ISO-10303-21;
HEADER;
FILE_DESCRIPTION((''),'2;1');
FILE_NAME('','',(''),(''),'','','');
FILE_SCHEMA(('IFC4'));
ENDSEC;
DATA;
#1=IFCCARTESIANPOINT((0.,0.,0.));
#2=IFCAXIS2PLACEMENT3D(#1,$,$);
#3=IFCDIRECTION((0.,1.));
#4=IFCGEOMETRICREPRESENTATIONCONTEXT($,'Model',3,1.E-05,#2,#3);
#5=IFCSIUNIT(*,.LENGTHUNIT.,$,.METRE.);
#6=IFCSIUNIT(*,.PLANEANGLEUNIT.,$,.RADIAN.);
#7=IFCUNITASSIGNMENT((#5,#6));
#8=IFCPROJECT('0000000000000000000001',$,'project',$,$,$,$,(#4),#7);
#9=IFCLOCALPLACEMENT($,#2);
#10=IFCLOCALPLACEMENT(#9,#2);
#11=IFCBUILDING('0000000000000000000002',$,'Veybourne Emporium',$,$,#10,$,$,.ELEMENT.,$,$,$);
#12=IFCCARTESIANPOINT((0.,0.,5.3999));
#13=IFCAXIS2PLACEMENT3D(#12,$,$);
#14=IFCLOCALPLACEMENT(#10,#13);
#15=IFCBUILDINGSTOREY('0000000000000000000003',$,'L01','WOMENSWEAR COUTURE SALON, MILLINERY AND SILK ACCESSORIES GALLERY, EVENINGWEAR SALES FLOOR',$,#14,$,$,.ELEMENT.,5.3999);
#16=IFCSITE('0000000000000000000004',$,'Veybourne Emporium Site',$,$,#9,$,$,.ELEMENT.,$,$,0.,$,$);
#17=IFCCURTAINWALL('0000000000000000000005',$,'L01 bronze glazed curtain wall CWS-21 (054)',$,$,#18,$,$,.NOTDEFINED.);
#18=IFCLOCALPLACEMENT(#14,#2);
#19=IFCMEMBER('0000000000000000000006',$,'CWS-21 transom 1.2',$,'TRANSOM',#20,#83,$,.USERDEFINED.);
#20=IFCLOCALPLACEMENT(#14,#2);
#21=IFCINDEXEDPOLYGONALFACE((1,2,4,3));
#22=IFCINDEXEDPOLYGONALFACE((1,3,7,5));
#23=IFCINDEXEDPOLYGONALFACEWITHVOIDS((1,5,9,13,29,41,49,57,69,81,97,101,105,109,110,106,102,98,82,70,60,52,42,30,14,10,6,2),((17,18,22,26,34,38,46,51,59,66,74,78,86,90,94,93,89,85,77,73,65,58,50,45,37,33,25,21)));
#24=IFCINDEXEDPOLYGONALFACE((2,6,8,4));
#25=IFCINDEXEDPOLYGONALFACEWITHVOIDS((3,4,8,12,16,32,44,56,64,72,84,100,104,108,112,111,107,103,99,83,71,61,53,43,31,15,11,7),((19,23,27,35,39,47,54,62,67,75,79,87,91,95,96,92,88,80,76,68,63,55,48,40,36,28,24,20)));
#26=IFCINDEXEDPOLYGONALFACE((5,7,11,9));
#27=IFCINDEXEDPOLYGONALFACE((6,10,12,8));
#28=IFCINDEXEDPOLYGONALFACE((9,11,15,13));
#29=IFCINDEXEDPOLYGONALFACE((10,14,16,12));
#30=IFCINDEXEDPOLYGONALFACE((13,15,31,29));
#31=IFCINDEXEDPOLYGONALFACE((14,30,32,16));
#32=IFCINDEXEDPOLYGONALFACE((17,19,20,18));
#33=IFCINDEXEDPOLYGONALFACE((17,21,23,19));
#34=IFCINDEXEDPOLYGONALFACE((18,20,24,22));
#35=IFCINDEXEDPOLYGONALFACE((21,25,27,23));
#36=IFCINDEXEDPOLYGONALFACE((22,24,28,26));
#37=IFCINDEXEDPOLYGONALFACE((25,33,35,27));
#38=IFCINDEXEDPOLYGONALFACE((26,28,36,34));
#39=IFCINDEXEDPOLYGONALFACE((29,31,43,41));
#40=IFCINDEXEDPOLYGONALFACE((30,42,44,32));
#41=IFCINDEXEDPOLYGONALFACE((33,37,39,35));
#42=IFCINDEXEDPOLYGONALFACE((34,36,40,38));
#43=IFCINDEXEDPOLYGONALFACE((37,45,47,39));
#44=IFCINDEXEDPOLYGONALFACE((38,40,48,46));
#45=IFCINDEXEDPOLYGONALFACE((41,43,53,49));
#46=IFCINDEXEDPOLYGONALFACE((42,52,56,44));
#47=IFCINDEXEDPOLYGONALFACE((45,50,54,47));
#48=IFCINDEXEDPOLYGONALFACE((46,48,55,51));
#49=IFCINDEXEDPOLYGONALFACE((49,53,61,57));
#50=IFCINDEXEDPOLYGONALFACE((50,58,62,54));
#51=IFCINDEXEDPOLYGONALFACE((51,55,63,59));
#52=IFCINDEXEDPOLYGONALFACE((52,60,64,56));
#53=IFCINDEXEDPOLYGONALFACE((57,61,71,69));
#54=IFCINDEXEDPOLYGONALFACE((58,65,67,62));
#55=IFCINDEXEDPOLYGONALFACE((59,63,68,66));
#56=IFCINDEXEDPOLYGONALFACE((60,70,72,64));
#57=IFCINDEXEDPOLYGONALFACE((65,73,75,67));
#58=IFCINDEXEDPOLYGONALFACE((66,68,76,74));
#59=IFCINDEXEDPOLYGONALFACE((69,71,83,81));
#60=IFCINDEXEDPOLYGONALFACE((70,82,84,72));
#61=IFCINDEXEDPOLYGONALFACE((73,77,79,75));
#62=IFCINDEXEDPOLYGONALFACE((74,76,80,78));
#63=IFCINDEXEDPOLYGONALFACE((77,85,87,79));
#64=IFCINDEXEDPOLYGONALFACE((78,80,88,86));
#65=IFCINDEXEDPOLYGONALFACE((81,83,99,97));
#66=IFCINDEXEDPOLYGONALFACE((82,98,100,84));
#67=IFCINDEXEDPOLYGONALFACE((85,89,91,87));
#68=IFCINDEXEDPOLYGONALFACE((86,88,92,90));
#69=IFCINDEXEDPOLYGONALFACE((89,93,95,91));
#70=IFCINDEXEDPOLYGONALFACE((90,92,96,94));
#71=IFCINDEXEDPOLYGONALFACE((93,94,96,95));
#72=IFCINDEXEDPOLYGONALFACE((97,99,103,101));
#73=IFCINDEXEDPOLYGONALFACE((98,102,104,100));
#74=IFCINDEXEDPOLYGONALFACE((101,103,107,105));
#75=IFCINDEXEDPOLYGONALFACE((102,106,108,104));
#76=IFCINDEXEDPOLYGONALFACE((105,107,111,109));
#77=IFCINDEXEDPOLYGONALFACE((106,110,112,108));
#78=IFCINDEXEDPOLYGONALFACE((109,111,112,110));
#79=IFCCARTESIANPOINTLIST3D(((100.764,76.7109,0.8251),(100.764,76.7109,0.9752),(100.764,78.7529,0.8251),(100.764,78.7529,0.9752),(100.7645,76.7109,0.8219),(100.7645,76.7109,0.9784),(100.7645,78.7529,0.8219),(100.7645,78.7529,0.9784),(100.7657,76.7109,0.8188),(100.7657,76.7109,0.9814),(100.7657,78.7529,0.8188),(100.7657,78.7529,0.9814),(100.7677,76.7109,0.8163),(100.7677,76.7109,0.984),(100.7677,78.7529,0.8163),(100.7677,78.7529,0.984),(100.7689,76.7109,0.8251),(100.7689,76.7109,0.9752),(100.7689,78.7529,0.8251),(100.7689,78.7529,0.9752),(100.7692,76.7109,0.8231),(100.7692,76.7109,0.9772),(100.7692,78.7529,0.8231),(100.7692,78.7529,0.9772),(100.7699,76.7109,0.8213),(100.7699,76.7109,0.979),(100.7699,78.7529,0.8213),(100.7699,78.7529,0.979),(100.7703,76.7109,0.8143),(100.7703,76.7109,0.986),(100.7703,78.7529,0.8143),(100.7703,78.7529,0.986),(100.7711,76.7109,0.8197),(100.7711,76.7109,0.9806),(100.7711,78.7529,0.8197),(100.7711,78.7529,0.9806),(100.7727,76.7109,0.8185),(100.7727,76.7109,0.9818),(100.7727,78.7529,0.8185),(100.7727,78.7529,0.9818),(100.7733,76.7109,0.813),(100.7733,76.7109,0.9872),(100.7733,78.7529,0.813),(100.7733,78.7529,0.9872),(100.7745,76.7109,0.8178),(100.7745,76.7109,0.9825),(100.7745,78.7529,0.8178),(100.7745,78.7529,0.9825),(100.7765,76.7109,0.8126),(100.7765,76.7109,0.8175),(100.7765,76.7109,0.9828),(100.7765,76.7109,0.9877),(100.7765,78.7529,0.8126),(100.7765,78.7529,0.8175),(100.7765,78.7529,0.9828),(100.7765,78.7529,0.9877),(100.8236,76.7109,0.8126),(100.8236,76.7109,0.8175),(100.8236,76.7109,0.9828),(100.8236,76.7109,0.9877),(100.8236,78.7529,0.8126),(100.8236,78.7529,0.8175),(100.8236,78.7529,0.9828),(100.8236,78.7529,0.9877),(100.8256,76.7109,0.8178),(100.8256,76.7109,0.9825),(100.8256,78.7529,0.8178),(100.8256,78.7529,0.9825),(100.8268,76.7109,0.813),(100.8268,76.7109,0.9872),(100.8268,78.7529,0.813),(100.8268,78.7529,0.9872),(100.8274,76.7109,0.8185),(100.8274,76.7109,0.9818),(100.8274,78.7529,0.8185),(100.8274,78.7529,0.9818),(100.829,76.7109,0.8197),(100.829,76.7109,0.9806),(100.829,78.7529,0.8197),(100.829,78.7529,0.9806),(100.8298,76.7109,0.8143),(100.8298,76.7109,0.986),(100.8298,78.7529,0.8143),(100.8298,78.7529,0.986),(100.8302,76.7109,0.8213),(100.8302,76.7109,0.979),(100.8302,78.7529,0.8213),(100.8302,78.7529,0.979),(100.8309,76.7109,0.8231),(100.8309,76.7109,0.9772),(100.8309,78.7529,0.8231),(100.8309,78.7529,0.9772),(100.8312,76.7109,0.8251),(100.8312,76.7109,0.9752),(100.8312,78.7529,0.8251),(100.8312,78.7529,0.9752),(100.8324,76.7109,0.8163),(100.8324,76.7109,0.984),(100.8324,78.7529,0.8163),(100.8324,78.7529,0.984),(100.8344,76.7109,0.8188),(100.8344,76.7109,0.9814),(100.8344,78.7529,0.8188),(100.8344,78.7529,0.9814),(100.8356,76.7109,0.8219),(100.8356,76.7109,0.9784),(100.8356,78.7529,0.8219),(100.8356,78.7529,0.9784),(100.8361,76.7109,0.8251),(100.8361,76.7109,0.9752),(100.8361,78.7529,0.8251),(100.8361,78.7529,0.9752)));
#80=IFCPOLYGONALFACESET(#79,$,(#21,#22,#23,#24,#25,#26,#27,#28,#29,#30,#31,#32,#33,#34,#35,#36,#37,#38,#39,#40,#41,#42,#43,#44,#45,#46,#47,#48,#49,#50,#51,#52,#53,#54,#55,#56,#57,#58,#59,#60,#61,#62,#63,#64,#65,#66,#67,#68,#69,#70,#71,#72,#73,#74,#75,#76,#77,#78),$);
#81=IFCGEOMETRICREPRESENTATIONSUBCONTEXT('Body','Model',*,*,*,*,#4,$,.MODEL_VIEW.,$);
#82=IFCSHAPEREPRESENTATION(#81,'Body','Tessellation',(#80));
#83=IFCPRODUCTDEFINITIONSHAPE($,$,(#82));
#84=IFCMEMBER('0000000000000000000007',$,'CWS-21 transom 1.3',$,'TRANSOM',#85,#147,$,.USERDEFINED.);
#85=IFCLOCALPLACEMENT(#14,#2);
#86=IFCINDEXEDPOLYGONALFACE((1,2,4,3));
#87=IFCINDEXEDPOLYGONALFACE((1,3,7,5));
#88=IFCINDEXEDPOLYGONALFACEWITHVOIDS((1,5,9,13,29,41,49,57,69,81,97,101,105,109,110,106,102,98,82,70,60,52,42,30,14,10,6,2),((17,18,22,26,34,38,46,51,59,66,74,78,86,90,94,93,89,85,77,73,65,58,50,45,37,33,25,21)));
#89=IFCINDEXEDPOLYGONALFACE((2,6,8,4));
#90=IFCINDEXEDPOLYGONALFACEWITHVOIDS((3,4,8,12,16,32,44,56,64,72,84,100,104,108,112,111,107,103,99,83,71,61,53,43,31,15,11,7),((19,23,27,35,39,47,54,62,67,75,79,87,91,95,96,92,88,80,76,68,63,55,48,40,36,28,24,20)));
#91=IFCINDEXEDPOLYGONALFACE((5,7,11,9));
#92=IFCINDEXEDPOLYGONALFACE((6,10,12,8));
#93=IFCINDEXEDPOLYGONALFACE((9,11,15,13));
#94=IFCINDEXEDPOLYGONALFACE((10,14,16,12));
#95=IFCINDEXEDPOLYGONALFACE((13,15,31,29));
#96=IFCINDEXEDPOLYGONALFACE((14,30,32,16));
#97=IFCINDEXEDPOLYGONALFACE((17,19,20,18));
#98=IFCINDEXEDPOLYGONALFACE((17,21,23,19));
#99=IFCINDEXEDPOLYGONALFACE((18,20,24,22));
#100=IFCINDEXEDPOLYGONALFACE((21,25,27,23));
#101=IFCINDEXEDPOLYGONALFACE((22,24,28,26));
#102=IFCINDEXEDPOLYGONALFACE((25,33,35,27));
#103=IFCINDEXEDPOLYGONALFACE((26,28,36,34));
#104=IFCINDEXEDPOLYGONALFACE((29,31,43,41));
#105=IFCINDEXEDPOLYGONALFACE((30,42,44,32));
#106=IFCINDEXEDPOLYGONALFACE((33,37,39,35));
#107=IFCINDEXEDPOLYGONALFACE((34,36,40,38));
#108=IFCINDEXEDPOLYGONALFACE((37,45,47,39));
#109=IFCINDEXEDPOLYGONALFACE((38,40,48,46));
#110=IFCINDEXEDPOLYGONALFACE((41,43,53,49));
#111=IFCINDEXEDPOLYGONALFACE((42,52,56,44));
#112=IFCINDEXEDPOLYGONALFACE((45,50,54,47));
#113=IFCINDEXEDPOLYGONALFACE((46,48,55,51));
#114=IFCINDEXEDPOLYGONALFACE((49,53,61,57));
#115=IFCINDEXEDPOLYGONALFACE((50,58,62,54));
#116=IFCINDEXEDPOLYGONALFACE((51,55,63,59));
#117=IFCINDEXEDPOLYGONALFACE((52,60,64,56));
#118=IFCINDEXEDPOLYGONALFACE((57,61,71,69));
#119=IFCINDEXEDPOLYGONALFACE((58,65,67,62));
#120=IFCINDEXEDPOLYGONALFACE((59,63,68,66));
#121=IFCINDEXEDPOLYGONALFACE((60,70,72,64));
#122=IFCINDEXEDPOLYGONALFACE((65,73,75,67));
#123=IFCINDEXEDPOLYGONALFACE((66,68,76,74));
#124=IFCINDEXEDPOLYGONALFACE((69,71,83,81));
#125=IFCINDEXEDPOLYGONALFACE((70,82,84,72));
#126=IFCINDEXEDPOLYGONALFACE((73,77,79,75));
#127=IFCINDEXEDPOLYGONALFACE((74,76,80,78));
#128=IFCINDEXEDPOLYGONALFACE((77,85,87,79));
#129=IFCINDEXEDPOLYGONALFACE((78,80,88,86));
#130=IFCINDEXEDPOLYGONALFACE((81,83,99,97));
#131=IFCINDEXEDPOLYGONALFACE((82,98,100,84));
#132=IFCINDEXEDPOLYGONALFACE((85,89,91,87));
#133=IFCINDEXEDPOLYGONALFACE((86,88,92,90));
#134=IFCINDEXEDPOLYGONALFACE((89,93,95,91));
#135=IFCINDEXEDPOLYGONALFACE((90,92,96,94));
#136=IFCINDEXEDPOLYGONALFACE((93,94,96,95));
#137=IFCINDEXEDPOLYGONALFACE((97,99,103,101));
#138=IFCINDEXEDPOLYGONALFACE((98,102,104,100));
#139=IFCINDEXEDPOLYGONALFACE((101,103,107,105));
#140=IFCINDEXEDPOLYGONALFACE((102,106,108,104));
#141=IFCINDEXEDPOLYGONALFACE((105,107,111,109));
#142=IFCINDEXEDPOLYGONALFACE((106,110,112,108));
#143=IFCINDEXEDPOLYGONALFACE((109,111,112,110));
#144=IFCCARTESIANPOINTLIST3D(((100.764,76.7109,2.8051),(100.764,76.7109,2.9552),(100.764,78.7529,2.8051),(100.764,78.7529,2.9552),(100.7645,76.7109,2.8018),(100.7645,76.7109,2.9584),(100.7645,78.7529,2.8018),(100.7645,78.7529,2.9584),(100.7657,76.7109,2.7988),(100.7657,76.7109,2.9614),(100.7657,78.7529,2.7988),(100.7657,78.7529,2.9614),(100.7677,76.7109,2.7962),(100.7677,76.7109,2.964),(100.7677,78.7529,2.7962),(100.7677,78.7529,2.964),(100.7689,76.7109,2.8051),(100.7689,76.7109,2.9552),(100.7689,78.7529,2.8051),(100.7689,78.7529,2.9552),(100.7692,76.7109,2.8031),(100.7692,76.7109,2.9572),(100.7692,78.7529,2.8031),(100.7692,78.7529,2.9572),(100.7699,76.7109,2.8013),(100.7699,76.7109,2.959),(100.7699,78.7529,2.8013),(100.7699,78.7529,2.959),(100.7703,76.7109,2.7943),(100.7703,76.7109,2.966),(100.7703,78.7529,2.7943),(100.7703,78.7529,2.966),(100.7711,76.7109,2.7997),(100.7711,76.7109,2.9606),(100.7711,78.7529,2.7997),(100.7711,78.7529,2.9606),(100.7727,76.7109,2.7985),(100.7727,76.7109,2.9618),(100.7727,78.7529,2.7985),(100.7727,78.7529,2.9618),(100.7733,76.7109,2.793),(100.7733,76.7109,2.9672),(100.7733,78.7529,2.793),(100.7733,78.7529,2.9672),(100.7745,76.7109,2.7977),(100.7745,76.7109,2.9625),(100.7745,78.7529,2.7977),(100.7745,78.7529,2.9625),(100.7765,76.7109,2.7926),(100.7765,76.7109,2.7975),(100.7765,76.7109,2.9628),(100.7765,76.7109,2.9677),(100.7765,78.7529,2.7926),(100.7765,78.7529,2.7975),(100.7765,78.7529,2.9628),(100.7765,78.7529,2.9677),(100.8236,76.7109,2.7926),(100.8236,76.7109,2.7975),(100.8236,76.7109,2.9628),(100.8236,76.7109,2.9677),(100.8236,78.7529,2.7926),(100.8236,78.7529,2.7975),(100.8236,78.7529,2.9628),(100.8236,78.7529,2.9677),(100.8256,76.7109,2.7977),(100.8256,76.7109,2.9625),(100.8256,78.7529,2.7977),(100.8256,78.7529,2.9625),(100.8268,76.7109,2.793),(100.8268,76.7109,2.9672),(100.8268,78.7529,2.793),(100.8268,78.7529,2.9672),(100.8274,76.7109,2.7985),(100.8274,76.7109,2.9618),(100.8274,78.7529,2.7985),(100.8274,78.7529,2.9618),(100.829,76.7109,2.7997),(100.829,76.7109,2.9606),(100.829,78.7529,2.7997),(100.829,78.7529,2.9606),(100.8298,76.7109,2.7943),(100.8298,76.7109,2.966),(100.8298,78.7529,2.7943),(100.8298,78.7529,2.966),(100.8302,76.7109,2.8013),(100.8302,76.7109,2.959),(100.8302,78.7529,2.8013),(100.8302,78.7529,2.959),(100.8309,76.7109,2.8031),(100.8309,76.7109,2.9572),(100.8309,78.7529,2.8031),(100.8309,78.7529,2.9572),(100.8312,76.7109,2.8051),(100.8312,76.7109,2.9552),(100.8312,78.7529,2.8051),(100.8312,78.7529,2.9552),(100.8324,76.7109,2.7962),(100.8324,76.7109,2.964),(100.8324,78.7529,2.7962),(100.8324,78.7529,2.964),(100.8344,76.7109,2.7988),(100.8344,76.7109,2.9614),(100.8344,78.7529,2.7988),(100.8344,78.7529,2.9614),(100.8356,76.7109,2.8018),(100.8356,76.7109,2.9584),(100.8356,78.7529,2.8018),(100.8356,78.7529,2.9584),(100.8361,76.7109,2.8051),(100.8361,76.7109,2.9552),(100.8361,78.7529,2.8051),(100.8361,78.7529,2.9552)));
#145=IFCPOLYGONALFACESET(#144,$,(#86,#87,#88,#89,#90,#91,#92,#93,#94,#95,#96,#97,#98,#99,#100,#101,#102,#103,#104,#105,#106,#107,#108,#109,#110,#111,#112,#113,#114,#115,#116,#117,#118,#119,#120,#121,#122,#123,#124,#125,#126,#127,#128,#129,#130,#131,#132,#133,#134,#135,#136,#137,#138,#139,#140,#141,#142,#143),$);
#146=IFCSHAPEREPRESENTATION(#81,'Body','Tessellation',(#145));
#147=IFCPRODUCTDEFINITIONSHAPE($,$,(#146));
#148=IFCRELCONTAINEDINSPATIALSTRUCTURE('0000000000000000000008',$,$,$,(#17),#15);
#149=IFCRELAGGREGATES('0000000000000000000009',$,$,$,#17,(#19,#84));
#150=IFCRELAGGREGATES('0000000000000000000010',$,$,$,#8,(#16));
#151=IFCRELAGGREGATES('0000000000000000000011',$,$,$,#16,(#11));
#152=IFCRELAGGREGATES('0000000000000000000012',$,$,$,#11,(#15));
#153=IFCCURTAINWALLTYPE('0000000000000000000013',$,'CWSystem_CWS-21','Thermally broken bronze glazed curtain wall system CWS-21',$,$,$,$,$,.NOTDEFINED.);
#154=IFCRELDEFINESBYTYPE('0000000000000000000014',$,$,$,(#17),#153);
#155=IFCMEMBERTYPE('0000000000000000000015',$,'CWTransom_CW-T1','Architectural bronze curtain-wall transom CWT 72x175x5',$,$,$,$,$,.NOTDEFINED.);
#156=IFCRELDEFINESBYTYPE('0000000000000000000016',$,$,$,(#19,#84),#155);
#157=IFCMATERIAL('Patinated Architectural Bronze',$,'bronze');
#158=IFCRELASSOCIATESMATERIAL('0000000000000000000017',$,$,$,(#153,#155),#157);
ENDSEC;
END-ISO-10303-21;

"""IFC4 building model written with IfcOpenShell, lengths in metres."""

from ifc_helpers import new_model, si_unit, direction, frame, origin, origin_2d, place, context, subcontext, project, spatial, hollow_rectangle, extrude, material, material_profile, profile_set, type_object, element, aggregate, save


model = new_model("IFC4")

# Units and contexts
model_context = context("Model", 3, precision=1e-05, world=origin(), true_north=direction((0.0, 1.0)))
body_context = subcontext(model_context, "Body", "Model", "MODEL_VIEW")
ifc_project = project(units=[si_unit("LENGTHUNIT", "METRE"), si_unit("PLANEANGLEUNIT", "RADIAN")], contexts=[model_context])

# Site, building, storey
site_placement = place(None, origin())
site = spatial("IfcSite", under=ifc_project, at=site_placement, Name="Veybourne Emporium Site", CompositionType="ELEMENT", RefElevation=0.0)
building_placement = place(site_placement, origin())
building = spatial("IfcBuilding", under=site, at=building_placement, Name="Veybourne Emporium", CompositionType="ELEMENT")
storey_placement = place(building_placement, frame((0.0, 0.0, 5.3999)))
storey = spatial("IfcBuildingStorey", under=building, at=storey_placement, Name="L01", Description="WOMENSWEAR COUTURE SALON, MILLINERY AND SILK ACCESSORIES GALLERY, EVENINGWEAR SALES FLOOR", CompositionType="ELEMENT", Elevation=5.3999)

# Curtain wall, members
ifc_material_1 = material(Name="Patinated Architectural Bronze", Category="bronze")
curtain_wall_type = type_object("IfcCurtainWallType", Name="CWSystem_CWS-21", Description="Thermally broken bronze glazed curtain wall system CWS-21", PredefinedType="NOTDEFINED", material=ifc_material_1)
curtain_wall_placement = place(storey_placement, origin())
curtain_wall = element("IfcCurtainWall", 1, at=curtain_wall_placement, inside=storey, type_object=curtain_wall_type, Name="L01 bronze glazed curtain wall CWS-21 (054)", PredefinedType="NOTDEFINED")
ifc_material_profile_1 = material_profile(ifc_material_1, hollow_rectangle(XDim=0.072, YDim=0.175, WallThickness=0.0049, InnerFilletRadius=0.0076, OuterFilletRadius=0.0125, at=origin_2d()), Name="CWT 72x175x5")
ifc_profile_set_1 = profile_set([ifc_material_profile_1], Name="Patinated Architectural Bronze")
member_type_1 = type_object("IfcMemberType", Name="CWTransom_CW-T1", Description="Architectural bronze curtain-wall transom CWT 72x175x5", PredefinedType="NOTDEFINED", material=ifc_profile_set_1)
member_1_placement = place(storey_placement, frame((100.8, 78.7529, 0.9001), z_axis=(0.0, -1.0, 0.0), x_axis=(1.0, 0.0, 0.0)))
member_1 = element("IfcMember", 2, at=member_1_placement, type_object=member_type_1, Name="CWS-21 transom 1.2", ObjectType="TRANSOM", PredefinedType="USERDEFINED", context=body_context, shape_type="SweptSolid", body=[
    extrude(hollow_rectangle(XDim=0.072, YDim=0.175, WallThickness=0.0049, InnerFilletRadius=0.0076, OuterFilletRadius=0.0125, at=origin_2d()), origin(), (0.0, 0.0, 1.0), 2.042),
])
member_2_placement = place(storey_placement, frame((100.8, 78.7529, 2.8801), z_axis=(0.0, -1.0, 0.0), x_axis=(1.0, 0.0, 0.0)))
member_2 = element("IfcMember", 3, at=member_2_placement, type_object=member_type_1, Name="CWS-21 transom 1.3", ObjectType="TRANSOM", PredefinedType="USERDEFINED", context=body_context, shape_type="SweptSolid", body=[
    extrude(hollow_rectangle(XDim=0.072, YDim=0.175, WallThickness=0.0049, InnerFilletRadius=0.0076, OuterFilletRadius=0.0125, at=origin_2d()), origin(), (0.0, 0.0, 1.0), 2.042),
])
aggregate(curtain_wall, [member_1, member_2])

save(model, "model.ifc")
